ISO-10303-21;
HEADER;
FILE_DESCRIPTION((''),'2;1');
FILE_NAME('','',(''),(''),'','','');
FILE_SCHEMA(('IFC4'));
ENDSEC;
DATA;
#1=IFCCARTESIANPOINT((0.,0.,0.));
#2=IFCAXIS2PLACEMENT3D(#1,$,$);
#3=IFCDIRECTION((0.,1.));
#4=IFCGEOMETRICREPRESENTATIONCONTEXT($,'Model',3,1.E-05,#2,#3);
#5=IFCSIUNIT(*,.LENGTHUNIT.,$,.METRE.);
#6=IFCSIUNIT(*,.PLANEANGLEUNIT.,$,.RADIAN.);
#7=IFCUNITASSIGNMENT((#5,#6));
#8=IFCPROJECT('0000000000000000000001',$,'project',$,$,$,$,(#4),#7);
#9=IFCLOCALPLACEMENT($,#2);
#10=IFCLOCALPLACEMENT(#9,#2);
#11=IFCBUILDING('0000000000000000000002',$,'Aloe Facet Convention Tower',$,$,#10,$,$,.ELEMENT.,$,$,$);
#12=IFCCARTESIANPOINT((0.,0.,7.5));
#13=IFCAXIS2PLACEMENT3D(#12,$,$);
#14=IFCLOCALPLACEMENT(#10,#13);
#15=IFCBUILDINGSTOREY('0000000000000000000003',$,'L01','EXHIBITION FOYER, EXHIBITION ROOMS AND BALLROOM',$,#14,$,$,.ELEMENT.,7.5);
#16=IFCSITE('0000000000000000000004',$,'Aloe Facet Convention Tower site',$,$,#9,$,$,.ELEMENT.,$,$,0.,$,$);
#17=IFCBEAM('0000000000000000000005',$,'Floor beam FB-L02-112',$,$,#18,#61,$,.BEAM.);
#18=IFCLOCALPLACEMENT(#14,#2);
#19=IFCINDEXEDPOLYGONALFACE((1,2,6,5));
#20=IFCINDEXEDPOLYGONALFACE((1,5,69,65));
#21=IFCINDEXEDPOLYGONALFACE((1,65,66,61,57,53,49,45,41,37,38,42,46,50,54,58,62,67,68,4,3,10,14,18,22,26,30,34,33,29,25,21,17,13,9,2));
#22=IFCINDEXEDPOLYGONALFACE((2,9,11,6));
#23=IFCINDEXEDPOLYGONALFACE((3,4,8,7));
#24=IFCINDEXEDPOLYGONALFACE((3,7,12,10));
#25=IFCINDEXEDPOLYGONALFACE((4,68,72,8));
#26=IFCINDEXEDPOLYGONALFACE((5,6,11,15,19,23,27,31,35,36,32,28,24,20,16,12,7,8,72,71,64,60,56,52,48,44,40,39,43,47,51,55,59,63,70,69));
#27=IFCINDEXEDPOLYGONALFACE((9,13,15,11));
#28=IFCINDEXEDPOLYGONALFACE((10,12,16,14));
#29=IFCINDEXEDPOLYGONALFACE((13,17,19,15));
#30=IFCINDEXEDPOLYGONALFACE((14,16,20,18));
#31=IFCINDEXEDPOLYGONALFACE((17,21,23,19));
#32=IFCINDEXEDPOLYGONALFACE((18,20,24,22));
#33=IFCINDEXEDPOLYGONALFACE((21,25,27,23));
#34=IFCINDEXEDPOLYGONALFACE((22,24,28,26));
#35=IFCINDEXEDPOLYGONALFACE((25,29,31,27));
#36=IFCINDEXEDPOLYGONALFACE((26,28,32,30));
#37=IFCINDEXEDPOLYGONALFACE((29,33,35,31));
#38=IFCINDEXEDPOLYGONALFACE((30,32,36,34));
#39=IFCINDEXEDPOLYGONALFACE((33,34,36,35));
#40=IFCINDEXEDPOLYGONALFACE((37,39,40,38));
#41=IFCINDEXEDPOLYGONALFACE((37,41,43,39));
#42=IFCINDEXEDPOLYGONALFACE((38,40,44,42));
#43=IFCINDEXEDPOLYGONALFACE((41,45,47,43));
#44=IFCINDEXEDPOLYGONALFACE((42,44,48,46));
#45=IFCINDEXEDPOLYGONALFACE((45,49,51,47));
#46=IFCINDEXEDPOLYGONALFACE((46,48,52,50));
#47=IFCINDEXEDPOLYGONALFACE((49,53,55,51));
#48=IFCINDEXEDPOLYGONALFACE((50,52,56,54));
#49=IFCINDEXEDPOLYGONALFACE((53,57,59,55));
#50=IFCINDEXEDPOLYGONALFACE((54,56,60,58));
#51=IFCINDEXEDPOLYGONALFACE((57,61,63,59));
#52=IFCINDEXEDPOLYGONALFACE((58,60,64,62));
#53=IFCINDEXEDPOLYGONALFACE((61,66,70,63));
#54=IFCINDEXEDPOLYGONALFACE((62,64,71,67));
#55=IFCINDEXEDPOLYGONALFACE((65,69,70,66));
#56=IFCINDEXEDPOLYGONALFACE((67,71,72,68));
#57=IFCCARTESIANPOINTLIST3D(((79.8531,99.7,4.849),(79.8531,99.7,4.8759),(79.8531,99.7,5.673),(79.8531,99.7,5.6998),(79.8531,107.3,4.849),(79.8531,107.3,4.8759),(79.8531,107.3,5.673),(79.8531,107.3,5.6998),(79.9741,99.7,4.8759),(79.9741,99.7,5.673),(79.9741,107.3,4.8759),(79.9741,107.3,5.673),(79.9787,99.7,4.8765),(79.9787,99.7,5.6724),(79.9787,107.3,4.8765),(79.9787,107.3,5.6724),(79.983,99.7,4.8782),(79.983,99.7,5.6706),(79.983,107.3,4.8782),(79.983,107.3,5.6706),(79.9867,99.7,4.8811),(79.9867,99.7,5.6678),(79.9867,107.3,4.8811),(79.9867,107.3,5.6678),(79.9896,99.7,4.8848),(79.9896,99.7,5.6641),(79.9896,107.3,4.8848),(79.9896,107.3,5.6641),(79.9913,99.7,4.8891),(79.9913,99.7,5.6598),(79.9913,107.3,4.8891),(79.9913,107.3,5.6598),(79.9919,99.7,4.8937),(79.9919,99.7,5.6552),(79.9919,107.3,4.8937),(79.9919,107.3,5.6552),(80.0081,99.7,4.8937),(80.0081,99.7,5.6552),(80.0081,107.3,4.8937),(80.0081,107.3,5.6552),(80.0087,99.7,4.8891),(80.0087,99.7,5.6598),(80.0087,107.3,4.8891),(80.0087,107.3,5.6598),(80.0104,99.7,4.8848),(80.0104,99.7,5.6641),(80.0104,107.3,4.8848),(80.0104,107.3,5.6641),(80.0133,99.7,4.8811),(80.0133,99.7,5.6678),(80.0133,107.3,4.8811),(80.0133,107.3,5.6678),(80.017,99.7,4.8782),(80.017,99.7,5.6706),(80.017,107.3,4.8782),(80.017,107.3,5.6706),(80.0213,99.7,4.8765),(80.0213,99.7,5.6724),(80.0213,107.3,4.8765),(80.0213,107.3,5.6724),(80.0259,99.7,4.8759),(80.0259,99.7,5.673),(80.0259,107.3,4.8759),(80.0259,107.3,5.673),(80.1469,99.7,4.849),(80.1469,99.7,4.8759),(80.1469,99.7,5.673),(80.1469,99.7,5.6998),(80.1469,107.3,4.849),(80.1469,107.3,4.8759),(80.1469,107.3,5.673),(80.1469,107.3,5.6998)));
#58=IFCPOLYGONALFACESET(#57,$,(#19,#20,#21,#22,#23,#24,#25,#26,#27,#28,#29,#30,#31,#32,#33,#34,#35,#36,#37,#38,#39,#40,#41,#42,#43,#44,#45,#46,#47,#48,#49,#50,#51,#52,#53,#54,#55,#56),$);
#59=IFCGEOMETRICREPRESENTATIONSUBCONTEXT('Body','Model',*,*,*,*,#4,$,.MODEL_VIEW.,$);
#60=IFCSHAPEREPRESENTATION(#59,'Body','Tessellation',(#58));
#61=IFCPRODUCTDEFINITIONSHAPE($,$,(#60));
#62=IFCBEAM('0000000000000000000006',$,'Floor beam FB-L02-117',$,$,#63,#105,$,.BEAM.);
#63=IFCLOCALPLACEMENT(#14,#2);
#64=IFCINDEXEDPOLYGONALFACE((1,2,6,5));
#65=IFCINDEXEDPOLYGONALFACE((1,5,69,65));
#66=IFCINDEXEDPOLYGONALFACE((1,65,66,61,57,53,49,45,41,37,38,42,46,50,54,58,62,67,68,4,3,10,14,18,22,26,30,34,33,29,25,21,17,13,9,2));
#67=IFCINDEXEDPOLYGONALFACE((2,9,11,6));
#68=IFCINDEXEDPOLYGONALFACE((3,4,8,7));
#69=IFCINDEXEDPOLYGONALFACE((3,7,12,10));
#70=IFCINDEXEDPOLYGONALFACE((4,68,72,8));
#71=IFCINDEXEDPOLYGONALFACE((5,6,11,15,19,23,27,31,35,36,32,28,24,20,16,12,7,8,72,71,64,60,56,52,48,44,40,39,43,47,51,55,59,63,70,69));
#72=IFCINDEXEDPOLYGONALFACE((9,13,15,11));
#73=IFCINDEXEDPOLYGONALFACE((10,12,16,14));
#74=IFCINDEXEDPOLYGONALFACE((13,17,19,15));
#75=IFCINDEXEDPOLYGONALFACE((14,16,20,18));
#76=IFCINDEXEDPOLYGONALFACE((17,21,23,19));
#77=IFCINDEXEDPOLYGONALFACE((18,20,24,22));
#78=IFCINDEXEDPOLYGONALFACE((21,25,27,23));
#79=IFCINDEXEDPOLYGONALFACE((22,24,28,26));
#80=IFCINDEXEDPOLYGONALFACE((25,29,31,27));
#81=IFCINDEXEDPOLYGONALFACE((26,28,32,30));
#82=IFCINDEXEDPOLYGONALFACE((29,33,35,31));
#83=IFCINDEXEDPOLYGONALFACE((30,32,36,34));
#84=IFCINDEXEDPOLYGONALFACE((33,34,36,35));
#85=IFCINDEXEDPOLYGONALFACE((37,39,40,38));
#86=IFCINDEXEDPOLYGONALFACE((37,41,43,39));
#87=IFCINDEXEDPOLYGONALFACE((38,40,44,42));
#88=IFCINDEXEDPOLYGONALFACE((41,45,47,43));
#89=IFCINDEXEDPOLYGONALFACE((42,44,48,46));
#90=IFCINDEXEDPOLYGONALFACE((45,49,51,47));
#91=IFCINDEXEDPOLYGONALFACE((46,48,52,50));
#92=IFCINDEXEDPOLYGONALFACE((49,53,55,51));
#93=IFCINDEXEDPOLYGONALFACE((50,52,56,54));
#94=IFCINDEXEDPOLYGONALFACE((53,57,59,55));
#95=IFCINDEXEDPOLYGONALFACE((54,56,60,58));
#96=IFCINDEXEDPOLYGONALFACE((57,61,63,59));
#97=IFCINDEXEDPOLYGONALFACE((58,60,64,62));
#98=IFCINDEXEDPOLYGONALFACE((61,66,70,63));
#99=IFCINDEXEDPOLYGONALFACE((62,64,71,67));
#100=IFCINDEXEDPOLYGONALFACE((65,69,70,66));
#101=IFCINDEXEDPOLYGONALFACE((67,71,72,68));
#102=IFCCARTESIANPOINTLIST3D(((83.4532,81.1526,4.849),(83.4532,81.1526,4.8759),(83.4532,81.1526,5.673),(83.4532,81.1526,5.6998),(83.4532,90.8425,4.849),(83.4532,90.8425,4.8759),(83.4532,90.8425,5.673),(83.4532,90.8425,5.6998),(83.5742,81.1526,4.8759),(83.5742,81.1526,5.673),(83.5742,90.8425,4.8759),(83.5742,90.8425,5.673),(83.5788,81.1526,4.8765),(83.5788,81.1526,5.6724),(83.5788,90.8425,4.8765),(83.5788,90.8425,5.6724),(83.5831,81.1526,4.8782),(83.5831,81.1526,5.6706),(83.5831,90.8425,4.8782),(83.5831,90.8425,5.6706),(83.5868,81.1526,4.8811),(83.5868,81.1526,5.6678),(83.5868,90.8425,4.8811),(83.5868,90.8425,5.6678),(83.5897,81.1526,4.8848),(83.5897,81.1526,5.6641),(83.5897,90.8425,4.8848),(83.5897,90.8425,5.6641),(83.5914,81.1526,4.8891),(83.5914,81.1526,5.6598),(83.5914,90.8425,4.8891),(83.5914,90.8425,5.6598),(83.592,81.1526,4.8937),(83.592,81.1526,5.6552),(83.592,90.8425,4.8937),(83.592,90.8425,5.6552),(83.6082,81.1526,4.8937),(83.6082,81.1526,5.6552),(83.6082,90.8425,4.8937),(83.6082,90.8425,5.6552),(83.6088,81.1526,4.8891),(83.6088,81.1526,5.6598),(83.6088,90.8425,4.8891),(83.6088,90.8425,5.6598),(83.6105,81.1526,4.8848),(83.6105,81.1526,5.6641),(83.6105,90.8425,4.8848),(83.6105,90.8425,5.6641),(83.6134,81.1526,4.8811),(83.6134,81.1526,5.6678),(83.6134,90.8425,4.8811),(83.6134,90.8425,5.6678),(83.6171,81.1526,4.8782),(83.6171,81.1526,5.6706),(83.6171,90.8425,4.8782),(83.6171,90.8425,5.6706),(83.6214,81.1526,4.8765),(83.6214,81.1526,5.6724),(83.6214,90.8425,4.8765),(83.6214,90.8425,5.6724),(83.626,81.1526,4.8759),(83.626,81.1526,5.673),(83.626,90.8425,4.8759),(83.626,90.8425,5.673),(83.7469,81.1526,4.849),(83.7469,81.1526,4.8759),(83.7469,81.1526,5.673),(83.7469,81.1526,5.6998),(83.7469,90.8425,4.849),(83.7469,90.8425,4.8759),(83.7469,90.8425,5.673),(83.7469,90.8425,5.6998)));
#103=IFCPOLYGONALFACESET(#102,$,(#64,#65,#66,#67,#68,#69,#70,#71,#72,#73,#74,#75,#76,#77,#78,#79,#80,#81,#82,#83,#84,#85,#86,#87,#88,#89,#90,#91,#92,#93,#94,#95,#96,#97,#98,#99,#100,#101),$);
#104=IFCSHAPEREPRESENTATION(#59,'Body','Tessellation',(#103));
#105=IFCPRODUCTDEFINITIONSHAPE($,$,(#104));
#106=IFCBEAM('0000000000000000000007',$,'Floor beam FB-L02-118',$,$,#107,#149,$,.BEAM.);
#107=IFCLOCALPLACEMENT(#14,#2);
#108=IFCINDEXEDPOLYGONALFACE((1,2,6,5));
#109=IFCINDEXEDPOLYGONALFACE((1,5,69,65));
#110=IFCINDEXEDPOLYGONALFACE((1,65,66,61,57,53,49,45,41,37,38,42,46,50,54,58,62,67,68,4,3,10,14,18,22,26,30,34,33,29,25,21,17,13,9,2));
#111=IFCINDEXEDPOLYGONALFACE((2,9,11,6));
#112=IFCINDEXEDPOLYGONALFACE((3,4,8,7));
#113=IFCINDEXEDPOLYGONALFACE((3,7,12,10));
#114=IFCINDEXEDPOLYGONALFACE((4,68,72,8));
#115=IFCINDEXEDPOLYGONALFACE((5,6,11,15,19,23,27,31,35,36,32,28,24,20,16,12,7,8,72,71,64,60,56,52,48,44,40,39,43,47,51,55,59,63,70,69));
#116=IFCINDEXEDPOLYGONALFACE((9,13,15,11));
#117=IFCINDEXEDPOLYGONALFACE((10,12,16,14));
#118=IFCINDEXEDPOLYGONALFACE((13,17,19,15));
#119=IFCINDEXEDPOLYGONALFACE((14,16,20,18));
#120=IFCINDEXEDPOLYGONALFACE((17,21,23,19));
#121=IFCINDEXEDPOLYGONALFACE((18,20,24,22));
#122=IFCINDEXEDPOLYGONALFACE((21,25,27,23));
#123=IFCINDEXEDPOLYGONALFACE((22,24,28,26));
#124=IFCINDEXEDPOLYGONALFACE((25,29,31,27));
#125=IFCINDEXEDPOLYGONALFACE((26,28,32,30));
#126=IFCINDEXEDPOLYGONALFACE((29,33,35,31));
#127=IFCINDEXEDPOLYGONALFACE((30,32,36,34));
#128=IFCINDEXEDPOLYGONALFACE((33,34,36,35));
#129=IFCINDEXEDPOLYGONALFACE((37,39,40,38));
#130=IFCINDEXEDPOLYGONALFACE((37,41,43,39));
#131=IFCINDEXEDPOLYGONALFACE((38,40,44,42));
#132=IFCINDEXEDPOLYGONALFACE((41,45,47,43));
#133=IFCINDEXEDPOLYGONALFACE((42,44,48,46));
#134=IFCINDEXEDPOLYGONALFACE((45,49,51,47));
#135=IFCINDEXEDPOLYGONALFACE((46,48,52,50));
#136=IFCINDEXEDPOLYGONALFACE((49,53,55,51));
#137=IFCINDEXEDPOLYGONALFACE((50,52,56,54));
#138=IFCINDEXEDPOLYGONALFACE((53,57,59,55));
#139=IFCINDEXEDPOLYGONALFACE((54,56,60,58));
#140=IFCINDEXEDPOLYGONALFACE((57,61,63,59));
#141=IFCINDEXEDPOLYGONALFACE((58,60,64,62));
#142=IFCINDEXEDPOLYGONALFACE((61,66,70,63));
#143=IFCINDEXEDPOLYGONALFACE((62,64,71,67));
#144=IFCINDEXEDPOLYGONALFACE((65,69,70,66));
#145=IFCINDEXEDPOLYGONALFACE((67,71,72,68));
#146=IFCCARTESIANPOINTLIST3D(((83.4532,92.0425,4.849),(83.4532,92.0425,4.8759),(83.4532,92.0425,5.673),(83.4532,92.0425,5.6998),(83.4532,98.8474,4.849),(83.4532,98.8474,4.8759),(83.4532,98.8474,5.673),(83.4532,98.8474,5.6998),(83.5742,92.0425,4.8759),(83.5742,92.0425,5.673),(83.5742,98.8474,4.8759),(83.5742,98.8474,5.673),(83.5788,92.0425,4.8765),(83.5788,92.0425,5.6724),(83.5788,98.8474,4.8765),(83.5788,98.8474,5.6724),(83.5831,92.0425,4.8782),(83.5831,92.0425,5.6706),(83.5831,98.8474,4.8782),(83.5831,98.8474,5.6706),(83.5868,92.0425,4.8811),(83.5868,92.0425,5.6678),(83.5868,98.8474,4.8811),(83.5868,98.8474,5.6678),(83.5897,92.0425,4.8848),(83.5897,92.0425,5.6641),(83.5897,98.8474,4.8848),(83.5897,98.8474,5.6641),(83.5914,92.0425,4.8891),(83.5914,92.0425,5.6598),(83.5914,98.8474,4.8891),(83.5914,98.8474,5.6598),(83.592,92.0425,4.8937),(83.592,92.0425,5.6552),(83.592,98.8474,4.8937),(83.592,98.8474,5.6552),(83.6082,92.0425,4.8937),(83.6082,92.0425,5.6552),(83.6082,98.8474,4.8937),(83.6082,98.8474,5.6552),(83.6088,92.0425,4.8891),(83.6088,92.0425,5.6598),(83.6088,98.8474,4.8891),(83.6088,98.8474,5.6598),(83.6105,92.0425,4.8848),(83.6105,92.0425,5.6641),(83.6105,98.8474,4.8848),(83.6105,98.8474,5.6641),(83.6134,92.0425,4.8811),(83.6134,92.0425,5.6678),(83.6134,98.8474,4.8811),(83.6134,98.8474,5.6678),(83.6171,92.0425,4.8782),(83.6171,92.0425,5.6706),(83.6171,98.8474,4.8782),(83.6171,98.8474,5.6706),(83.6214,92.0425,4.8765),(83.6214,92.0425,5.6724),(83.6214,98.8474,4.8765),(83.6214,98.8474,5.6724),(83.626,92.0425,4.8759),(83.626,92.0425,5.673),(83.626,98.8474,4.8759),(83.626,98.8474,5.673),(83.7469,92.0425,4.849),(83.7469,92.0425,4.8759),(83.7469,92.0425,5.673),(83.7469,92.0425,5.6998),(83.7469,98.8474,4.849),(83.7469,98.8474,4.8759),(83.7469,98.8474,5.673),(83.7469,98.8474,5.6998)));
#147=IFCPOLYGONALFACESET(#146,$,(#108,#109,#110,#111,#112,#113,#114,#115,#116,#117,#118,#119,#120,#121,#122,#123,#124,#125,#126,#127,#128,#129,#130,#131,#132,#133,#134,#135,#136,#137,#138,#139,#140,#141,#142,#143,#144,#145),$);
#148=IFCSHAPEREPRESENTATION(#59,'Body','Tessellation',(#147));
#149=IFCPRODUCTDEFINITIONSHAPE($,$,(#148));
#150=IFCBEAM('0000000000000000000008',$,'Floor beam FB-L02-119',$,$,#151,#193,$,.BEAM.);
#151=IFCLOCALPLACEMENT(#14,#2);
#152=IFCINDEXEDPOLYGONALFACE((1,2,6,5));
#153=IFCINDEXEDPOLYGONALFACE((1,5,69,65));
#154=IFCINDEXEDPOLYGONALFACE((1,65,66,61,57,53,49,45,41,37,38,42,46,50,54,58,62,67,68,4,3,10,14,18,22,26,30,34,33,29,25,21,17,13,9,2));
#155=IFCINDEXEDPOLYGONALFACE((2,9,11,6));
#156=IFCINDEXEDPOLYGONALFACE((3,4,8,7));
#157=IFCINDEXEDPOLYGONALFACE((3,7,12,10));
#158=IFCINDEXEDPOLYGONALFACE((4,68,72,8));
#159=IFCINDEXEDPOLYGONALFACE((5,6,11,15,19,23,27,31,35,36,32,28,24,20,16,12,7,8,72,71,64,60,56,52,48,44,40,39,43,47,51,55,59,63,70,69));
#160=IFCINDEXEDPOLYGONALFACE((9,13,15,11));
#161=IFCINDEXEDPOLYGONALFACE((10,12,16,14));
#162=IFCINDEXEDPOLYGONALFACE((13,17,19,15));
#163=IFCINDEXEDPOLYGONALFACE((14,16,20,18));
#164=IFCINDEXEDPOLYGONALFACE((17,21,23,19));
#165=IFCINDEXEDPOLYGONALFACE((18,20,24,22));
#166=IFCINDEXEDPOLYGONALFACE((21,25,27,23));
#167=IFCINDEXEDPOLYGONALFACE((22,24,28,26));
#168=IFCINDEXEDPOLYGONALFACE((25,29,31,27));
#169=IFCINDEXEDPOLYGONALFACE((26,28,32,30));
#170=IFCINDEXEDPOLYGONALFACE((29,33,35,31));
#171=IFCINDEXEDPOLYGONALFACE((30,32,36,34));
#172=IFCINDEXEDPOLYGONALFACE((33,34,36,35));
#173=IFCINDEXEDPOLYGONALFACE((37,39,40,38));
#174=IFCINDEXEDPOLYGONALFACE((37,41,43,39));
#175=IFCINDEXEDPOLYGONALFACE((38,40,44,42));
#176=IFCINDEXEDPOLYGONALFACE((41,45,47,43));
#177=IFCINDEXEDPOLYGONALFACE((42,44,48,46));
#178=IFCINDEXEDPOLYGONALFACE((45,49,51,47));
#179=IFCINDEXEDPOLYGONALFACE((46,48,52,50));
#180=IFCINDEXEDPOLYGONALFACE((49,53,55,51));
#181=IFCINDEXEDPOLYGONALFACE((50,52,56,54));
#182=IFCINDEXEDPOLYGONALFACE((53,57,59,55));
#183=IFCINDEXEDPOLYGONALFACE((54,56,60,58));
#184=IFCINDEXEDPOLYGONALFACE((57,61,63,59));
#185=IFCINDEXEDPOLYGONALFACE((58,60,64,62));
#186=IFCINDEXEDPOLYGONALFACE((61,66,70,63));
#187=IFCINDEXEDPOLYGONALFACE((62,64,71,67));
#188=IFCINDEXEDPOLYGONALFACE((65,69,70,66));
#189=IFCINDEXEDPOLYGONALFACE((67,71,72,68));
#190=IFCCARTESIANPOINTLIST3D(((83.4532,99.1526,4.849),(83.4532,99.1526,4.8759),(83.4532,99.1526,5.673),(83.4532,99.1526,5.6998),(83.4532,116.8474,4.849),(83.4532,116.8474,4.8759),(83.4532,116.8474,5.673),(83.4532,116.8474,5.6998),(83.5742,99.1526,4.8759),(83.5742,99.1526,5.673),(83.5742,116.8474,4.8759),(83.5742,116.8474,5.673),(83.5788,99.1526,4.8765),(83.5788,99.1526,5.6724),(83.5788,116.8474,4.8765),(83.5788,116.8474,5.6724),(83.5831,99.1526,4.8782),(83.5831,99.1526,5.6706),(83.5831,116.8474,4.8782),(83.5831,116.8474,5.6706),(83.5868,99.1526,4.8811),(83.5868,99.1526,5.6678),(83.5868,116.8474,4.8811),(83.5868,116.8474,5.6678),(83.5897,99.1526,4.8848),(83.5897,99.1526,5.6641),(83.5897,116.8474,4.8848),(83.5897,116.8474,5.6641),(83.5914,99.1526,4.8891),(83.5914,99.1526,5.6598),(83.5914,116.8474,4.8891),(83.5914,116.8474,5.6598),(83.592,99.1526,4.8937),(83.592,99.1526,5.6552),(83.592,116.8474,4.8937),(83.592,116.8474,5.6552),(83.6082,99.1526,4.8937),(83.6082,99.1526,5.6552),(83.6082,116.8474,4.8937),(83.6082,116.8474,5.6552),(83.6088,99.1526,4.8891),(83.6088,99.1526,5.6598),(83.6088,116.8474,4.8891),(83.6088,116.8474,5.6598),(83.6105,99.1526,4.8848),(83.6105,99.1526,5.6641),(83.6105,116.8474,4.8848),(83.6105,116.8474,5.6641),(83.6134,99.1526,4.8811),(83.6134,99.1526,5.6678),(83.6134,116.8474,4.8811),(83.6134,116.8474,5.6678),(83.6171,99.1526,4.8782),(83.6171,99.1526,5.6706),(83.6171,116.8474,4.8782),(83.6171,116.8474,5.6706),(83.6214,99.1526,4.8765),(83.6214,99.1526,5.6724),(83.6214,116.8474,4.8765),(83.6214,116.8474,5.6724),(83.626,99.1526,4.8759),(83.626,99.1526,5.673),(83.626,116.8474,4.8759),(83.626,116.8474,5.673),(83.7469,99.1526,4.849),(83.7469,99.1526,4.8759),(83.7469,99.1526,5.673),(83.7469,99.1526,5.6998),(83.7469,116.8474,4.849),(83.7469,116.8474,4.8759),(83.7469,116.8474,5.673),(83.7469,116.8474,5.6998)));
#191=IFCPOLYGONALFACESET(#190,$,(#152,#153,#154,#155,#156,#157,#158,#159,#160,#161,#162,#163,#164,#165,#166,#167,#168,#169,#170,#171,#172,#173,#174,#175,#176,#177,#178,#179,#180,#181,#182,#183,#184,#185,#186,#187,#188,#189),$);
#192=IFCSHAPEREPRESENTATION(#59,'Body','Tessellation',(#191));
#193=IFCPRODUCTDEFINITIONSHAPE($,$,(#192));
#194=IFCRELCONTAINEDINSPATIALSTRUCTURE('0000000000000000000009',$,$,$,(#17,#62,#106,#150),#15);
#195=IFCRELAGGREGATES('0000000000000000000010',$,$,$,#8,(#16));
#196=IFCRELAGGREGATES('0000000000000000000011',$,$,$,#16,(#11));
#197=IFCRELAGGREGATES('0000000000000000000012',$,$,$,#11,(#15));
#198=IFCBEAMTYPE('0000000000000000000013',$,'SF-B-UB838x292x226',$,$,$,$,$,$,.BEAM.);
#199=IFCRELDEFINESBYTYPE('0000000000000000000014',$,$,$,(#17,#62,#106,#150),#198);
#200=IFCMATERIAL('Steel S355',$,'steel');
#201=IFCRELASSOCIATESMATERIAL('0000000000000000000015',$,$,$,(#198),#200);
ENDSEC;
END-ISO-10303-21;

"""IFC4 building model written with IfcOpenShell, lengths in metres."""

from ifc_helpers import new_model, si_unit, direction, frame, origin, origin_2d, place, context, subcontext, project, spatial, i_section, extrude, material, material_profile, profile_set, type_object, element, save


model = new_model("IFC4")

# Units and contexts
model_context = context("Model", 3, precision=1e-05, world=origin(), true_north=direction((0.0, 1.0)))
body_context = subcontext(model_context, "Body", "Model", "MODEL_VIEW")
ifc_project = project(units=[si_unit("LENGTHUNIT", "METRE"), si_unit("PLANEANGLEUNIT", "RADIAN")], contexts=[model_context])

# Site, building, storey
site_placement = place(None, origin())
site = spatial("IfcSite", under=ifc_project, at=site_placement, Name="Aloe Facet Convention Tower site", CompositionType="ELEMENT", RefElevation=0.0)
building_placement = place(site_placement, origin())
building = spatial("IfcBuilding", under=site, at=building_placement, Name="Aloe Facet Convention Tower", CompositionType="ELEMENT")
storey_placement = place(building_placement, frame((0.0, 0.0, 7.5)))
storey = spatial("IfcBuildingStorey", under=building, at=storey_placement, Name="L01", Description="EXHIBITION FOYER, EXHIBITION ROOMS AND BALLROOM", CompositionType="ELEMENT", Elevation=7.5)

# Beams
ifc_material_1 = material(Name="Steel S355", Category="steel")
ifc_material_profile_1 = material_profile(ifc_material_1, i_section(OverallWidth=0.2937, OverallDepth=0.8508, WebThickness=0.0161, FlangeThickness=0.0269, FilletRadius=0.0178, at=origin_2d()), Name="UB 838x292x226")
ifc_profile_set_1 = profile_set([ifc_material_profile_1], Name="Steel S355")
beam_type_1 = type_object("IfcBeamType", Name="SF-B-UB838x292x226", PredefinedType="BEAM", material=ifc_profile_set_1)
beam_1_placement = place(storey_placement, frame((80.0, 99.7, 5.2744), z_axis=(0.0, 1.0, 0.0), x_axis=(-1.0, 0.0, 0.0)))
element("IfcBeam", 1, at=beam_1_placement, inside=storey, type_object=beam_type_1, Name="Floor beam FB-L02-112", PredefinedType="BEAM", context=body_context, shape_type="SweptSolid", body=[
    extrude(i_section(OverallWidth=0.2937, OverallDepth=0.8508, WebThickness=0.0161, FlangeThickness=0.0269, FilletRadius=0.0178, at=origin_2d()), origin(), (0.0, 0.0, 1.0), 7.6001),
])
beam_2_placement = place(storey_placement, frame((83.6001, 81.1526, 5.2744), z_axis=(0.0, 1.0, 0.0), x_axis=(-1.0, 0.0, 0.0)))
element("IfcBeam", 2, at=beam_2_placement, inside=storey, type_object=beam_type_1, Name="Floor beam FB-L02-117", PredefinedType="BEAM", context=body_context, shape_type="SweptSolid", body=[
    extrude(i_section(OverallWidth=0.2937, OverallDepth=0.8508, WebThickness=0.0161, FlangeThickness=0.0269, FilletRadius=0.0178, at=origin_2d()), origin(), (0.0, 0.0, 1.0), 9.6899),
])
beam_3_placement = place(storey_placement, frame((83.6001, 92.0425, 5.2744), z_axis=(0.0, 1.0, 0.0), x_axis=(-1.0, 0.0, 0.0)))
element("IfcBeam", 3, at=beam_3_placement, inside=storey, type_object=beam_type_1, Name="Floor beam FB-L02-118", PredefinedType="BEAM", context=body_context, shape_type="SweptSolid", body=[
    extrude(i_section(OverallWidth=0.2937, OverallDepth=0.8508, WebThickness=0.0161, FlangeThickness=0.0269, FilletRadius=0.0178, at=origin_2d()), origin(), (0.0, 0.0, 1.0), 6.8049),
])
for number, where, z_axis, x_axis, name in (
    (4, (83.6001, 99.1526, 5.2744), (0.0, 1.0, 0.0), (-1.0, 0.0, 0.0), "Floor beam FB-L02-119"),
):
    element("IfcBeam", number, at=place(storey_placement, frame(where, z_axis=z_axis, x_axis=x_axis)), inside=storey, type_object=beam_type_1, Name=name, PredefinedType="BEAM", context=body_context, shape_type="SweptSolid", body=[
        extrude(i_section(OverallWidth=0.2937, OverallDepth=0.8508, WebThickness=0.0161, FlangeThickness=0.0269, FilletRadius=0.0178, at=origin_2d()), origin(), (0.0, 0.0, 1.0), 17.6948),
    ])

save(model, "model.ifc")
